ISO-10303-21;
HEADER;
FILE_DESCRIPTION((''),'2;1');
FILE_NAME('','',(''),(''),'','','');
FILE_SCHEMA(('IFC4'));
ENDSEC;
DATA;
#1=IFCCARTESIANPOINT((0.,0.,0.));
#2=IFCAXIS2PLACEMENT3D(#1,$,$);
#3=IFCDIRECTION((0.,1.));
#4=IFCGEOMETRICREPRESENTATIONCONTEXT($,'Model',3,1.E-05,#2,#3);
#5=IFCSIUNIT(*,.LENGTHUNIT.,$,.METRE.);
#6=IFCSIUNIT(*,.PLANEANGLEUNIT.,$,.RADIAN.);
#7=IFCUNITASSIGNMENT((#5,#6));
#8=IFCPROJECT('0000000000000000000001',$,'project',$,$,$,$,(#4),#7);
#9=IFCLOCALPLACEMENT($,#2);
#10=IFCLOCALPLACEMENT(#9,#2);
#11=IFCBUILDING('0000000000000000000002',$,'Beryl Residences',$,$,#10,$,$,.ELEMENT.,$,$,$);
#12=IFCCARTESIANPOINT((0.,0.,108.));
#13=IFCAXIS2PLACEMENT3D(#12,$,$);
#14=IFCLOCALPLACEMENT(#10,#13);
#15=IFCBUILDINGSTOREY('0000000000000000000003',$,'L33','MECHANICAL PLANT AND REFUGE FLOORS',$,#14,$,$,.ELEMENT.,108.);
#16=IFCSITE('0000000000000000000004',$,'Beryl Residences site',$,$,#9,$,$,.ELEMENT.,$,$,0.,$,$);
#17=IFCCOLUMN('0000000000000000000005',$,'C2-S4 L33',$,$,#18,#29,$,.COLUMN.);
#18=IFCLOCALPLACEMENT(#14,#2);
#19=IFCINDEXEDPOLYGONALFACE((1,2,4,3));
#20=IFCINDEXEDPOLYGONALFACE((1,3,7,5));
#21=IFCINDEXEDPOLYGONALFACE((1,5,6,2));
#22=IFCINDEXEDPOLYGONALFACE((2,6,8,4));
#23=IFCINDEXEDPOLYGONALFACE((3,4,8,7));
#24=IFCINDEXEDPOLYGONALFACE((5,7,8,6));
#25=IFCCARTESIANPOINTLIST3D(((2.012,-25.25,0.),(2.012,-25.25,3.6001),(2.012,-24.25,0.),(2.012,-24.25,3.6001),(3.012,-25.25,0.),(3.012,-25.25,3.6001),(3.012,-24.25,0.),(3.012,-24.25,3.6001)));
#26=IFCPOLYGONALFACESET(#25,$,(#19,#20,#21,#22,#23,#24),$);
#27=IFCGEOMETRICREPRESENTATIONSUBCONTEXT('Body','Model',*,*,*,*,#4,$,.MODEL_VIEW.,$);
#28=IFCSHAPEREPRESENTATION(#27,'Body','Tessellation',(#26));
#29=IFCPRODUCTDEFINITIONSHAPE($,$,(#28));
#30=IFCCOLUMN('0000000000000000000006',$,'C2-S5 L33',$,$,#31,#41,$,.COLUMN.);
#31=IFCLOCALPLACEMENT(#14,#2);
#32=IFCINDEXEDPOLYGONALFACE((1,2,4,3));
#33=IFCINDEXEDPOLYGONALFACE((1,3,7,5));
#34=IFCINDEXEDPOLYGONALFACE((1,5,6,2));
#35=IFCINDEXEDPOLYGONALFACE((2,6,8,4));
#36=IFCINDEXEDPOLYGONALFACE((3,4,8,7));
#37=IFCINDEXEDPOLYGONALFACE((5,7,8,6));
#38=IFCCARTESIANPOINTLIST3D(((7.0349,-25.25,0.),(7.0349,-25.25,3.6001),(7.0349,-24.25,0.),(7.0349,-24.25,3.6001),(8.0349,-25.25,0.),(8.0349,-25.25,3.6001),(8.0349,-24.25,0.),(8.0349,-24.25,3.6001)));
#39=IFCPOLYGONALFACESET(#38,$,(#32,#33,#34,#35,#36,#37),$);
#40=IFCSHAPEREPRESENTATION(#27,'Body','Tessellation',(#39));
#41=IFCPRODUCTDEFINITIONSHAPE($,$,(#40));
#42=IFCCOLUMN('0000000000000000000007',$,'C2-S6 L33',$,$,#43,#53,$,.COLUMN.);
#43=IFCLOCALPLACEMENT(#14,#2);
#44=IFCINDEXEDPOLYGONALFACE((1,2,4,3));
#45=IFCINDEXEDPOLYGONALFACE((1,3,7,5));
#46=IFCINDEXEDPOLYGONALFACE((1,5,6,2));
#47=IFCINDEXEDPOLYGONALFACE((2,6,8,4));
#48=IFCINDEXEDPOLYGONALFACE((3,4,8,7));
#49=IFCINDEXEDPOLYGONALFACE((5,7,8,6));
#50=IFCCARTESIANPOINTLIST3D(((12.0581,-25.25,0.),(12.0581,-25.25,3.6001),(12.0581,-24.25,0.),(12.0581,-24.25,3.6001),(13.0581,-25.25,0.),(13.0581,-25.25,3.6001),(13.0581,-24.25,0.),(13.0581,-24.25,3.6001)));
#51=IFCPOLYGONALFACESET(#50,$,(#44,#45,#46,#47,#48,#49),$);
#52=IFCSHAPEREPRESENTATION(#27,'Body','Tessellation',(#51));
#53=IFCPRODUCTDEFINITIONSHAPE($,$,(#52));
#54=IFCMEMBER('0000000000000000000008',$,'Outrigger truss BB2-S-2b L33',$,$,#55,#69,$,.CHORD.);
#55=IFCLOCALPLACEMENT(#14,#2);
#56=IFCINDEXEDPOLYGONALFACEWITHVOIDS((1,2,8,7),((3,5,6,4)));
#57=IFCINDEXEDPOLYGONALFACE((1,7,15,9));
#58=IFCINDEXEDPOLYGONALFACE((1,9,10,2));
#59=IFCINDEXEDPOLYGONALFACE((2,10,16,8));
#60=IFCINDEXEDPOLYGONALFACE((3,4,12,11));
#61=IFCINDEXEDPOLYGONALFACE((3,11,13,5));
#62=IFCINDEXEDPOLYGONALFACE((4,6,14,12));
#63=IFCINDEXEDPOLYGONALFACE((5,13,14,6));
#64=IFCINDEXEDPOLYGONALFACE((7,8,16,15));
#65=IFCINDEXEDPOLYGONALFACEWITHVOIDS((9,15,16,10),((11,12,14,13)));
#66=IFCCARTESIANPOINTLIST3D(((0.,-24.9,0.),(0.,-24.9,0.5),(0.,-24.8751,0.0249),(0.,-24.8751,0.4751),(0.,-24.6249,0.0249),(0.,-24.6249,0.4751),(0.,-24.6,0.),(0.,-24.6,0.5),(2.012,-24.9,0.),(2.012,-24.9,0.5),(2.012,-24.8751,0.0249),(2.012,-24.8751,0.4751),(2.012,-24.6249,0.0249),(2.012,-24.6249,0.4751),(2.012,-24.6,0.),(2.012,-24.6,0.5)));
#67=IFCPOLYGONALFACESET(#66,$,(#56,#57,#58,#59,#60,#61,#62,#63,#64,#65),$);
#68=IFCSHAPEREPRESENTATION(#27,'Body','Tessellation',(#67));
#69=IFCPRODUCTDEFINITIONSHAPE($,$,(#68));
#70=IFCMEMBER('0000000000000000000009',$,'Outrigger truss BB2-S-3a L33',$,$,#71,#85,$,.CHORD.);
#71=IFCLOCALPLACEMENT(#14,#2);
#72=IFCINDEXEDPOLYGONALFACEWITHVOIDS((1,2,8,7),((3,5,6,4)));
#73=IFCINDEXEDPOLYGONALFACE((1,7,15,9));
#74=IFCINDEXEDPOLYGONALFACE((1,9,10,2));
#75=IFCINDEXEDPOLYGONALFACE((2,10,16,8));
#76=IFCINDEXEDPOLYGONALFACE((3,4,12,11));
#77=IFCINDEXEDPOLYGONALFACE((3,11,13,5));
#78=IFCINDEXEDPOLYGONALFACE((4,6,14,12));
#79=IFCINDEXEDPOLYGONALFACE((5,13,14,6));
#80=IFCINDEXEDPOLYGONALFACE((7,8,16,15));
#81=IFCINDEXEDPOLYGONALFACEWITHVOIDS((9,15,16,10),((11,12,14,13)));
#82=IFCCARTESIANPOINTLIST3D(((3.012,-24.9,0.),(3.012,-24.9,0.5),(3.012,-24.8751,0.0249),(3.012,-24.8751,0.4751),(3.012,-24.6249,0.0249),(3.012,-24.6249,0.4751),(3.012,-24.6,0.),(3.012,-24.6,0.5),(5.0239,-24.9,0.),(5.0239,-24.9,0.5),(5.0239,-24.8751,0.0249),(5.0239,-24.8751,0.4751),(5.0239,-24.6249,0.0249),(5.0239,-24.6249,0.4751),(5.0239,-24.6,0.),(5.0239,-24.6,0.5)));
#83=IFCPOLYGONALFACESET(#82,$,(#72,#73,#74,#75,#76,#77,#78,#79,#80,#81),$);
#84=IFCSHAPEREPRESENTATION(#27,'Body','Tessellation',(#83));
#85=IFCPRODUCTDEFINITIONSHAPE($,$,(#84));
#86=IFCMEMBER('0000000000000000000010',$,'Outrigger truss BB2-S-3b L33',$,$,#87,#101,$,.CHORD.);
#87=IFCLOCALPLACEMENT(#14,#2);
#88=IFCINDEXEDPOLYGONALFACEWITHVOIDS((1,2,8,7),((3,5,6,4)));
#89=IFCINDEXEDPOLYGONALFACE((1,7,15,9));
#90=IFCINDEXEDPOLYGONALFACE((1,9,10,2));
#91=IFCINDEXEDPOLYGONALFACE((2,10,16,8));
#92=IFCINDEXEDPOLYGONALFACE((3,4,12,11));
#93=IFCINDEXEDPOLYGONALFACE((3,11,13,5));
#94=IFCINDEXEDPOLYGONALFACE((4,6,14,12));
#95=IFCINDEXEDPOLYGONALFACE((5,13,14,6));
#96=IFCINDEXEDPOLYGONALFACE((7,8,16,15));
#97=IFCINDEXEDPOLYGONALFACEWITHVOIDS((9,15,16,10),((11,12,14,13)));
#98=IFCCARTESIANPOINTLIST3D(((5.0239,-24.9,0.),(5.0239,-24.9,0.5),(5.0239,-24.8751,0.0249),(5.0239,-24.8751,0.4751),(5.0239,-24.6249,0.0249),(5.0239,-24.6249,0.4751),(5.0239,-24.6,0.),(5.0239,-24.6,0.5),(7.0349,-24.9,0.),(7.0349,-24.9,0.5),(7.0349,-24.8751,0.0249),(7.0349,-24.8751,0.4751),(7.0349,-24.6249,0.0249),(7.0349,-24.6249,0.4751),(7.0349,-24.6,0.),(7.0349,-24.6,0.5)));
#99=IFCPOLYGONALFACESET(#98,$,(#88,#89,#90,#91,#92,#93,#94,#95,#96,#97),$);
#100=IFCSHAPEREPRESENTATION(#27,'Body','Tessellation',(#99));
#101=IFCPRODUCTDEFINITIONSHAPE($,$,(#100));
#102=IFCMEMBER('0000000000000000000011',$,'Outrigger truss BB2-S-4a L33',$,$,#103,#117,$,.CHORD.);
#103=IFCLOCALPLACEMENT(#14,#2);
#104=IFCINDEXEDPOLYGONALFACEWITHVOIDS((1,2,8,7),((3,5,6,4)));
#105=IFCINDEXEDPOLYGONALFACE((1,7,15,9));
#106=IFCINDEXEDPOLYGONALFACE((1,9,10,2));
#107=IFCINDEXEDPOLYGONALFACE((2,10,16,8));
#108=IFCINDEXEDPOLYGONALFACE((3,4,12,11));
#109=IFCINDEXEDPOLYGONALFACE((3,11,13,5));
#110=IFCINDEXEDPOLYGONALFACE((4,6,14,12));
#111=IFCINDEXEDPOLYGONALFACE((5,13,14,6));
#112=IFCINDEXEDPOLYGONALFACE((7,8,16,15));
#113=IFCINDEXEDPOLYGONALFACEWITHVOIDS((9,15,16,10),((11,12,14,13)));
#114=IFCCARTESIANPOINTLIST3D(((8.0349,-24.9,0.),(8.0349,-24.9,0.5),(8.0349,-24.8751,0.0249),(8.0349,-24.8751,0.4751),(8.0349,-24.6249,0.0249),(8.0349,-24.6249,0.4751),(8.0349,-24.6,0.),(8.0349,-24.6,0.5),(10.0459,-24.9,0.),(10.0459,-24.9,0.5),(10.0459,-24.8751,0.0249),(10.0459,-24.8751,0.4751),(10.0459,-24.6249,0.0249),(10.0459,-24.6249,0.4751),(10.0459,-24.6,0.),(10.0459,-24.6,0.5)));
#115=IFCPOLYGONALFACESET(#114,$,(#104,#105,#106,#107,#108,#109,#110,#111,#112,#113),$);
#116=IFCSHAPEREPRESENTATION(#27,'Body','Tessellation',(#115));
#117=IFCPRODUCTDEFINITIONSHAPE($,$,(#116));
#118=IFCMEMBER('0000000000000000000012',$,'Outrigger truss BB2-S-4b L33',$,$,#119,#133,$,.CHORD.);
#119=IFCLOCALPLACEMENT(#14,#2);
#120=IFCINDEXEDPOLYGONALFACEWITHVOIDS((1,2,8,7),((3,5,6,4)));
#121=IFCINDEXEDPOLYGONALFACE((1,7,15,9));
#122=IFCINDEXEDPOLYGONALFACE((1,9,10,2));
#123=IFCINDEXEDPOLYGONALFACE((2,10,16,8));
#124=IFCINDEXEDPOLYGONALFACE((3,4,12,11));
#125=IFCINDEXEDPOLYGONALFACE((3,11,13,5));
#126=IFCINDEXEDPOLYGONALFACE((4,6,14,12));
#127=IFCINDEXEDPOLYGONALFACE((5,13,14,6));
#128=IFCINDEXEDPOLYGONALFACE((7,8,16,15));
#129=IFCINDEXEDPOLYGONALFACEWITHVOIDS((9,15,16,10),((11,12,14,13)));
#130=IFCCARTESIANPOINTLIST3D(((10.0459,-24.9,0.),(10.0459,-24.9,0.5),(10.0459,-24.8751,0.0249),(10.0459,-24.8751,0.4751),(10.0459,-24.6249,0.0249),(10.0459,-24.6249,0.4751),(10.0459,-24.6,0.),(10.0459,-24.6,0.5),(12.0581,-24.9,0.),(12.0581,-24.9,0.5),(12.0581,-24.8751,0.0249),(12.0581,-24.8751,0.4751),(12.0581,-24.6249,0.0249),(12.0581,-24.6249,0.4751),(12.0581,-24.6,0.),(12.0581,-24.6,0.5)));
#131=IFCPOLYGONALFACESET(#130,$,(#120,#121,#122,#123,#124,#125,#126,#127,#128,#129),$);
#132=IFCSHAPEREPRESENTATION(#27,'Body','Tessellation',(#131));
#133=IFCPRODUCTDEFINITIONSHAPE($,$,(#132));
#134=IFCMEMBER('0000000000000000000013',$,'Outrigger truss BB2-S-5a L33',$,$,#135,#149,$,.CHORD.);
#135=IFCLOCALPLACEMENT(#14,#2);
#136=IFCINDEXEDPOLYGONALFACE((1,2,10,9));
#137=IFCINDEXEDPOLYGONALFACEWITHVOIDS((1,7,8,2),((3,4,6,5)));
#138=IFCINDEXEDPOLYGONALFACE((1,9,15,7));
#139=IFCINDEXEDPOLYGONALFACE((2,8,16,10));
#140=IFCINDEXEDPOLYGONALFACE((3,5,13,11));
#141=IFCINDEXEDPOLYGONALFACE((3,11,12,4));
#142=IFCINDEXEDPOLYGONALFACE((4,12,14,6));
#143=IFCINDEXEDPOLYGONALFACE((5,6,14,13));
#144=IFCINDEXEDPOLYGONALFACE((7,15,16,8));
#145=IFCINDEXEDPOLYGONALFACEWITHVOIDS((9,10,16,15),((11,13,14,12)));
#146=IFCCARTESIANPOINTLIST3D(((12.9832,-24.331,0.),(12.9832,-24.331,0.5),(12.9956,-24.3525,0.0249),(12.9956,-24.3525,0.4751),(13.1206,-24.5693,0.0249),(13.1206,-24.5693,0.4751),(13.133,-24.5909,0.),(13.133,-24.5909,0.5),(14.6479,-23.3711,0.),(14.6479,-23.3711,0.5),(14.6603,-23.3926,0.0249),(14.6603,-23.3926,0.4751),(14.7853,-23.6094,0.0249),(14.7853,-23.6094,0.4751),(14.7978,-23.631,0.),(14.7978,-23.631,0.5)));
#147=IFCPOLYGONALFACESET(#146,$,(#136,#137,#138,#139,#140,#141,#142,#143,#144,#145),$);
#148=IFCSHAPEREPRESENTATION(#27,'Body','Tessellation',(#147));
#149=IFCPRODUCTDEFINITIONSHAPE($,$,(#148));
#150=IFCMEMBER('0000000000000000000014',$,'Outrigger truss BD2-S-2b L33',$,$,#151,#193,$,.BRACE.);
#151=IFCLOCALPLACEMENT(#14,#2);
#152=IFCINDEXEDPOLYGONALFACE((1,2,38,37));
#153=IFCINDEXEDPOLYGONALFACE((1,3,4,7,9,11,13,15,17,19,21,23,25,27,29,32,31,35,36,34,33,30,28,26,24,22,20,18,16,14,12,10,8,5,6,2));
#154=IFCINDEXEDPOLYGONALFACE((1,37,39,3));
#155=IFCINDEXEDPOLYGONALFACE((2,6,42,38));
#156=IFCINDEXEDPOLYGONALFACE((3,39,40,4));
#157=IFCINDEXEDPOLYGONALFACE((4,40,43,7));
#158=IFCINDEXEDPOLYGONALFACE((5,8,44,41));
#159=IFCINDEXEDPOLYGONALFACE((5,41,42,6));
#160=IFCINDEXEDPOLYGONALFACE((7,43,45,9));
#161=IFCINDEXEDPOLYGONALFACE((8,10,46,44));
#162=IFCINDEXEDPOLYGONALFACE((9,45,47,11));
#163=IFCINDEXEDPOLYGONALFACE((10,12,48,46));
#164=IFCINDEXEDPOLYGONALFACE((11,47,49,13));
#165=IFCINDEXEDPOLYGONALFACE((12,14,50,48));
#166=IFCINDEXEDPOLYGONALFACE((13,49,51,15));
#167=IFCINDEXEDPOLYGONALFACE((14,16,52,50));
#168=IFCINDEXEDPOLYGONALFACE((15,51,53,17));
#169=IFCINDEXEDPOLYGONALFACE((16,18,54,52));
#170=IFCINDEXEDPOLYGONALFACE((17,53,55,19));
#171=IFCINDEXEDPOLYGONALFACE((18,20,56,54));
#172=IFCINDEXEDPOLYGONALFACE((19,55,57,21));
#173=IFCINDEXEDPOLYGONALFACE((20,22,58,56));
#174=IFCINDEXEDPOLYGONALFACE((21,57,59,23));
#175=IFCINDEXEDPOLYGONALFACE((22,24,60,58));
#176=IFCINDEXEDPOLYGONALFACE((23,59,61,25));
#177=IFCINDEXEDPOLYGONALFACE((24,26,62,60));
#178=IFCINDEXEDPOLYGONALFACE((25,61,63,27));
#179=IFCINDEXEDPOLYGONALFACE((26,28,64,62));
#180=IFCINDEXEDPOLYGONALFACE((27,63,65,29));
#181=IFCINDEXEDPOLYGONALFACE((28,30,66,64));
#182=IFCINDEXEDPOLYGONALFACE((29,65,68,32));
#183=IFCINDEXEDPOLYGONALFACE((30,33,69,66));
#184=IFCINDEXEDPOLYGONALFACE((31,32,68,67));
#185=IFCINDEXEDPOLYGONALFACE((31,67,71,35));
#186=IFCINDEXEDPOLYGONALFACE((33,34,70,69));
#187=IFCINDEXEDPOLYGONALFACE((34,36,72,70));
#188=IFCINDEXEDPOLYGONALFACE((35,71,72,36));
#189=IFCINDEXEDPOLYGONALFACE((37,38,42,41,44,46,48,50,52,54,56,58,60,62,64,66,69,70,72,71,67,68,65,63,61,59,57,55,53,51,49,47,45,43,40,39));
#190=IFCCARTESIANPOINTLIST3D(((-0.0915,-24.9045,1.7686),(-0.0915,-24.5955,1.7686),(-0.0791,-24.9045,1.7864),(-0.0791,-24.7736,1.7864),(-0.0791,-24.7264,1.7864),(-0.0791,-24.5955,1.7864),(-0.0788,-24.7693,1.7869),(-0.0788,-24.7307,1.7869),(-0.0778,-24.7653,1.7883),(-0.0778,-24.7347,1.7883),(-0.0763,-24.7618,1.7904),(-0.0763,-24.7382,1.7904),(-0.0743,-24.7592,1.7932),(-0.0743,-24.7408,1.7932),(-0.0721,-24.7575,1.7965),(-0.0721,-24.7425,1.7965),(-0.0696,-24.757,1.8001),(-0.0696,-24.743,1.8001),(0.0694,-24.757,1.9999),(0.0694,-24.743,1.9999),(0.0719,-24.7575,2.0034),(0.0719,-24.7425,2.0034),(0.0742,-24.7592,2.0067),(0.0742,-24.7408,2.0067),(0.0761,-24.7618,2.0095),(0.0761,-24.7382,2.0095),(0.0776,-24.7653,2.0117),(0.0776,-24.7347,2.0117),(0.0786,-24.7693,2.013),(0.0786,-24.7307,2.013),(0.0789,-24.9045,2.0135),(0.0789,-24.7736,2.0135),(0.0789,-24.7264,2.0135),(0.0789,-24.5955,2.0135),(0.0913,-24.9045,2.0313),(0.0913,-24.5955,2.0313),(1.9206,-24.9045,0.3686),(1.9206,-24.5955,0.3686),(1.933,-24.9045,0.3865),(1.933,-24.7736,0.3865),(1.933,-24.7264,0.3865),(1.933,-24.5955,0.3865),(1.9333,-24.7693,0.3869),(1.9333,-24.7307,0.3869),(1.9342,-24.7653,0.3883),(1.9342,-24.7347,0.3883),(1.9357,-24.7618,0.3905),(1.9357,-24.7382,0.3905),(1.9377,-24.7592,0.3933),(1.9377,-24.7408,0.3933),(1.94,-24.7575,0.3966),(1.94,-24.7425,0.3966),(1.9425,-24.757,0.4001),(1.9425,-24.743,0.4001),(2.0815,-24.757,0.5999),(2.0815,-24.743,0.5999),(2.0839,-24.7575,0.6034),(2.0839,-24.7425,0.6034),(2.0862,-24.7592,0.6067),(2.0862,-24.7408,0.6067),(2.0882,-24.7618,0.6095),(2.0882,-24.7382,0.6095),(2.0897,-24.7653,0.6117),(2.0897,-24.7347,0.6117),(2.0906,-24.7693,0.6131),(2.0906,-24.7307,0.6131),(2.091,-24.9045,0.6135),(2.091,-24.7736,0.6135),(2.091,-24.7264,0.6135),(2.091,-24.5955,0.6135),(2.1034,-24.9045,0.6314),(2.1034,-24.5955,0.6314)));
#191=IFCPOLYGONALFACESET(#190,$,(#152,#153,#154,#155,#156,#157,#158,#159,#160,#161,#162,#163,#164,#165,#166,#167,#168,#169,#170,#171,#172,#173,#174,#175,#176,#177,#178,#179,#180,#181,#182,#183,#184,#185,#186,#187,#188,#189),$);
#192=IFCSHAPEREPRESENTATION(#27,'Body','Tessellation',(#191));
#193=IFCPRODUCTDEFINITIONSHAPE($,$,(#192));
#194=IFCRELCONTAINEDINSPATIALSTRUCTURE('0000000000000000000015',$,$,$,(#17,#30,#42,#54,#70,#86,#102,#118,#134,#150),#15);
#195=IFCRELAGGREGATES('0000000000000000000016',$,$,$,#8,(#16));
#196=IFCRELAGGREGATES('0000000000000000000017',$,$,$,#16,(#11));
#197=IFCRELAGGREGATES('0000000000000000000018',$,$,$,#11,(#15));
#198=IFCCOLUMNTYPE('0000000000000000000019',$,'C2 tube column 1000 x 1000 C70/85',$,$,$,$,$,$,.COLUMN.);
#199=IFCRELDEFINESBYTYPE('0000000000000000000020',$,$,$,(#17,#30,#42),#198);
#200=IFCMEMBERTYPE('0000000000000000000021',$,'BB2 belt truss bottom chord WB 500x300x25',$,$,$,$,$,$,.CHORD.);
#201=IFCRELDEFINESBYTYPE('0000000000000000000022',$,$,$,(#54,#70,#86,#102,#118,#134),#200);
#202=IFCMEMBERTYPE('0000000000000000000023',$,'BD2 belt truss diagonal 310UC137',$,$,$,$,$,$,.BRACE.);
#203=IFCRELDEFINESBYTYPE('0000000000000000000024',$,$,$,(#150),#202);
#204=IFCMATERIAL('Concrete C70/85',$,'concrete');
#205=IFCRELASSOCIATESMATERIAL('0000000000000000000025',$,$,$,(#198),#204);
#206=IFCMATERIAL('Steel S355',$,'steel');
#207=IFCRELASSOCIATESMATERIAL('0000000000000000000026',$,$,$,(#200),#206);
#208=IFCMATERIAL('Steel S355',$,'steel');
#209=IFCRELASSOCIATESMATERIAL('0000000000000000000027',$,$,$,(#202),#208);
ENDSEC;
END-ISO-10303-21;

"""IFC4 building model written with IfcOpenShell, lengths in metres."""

from ifc_helpers import new_model, si_unit, direction, frame, origin, origin_2d, place, context, subcontext, project, spatial, rectangle, hollow_rectangle, i_section, extrude, material, material_profile, profile_set, type_object, element, save


model = new_model("IFC4")

# Units and contexts
model_context = context("Model", 3, precision=1e-05, world=origin(), true_north=direction((0.0, 1.0)))
body_context = subcontext(model_context, "Body", "Model", "MODEL_VIEW")
ifc_project = project(units=[si_unit("LENGTHUNIT", "METRE"), si_unit("PLANEANGLEUNIT", "RADIAN")], contexts=[model_context])

# Site, building, storey
site_placement = place(None, origin())
site = spatial("IfcSite", under=ifc_project, at=site_placement, Name="Beryl Residences site", CompositionType="ELEMENT", RefElevation=0.0)
building_placement = place(site_placement, origin())
building = spatial("IfcBuilding", under=site, at=building_placement, Name="Beryl Residences", CompositionType="ELEMENT")
storey_placement = place(building_placement, frame((0.0, 0.0, 108.0)))
storey = spatial("IfcBuildingStorey", under=building, at=storey_placement, Name="L33", Description="MECHANICAL PLANT AND REFUGE FLOORS", CompositionType="ELEMENT", Elevation=108.0)

# Columns
ifc_material_1 = material(Name="Concrete C70/85", Category="concrete")
ifc_material_profile_1 = material_profile(ifc_material_1, rectangle(XDim=1.0, YDim=1.0, at=origin_2d()))
ifc_profile_set_1 = profile_set([ifc_material_profile_1], Name="Concrete C70/85")
column_type = type_object("IfcColumnType", Name="C2 tube column 1000 x 1000 C70/85", PredefinedType="COLUMN", material=ifc_profile_set_1)
for number, where, z_axis, x_axis, name in (
    (1, (2.512, -24.75, 0.0), (0.0, 0.0, 1.0), (1.0, 0.0, 0.0), "C2-S4 L33"),
    (2, (7.5349, -24.75, 0.0), (0.0, 0.0, 1.0), (1.0, 0.0, 0.0), "C2-S5 L33"),
    (3, (12.5581, -24.75, 0.0), (0.0, 0.0, 1.0), (1.0, 0.0, 0.0), "C2-S6 L33"),
):
    element("IfcColumn", number, at=place(storey_placement, frame(where, z_axis=z_axis, x_axis=x_axis)), inside=storey, type_object=column_type, Name=name, PredefinedType="COLUMN", context=body_context, shape_type="SweptSolid", body=[
        extrude(rectangle(XDim=1.0, YDim=1.0, at=origin_2d()), origin(), (0.0, 0.0, 1.0), 3.6001),
    ])

# Members
ifc_material_2 = material(Name="Steel S355", Category="steel")
ifc_material_profile_2 = material_profile(ifc_material_2, hollow_rectangle(XDim=0.3, YDim=0.5, WallThickness=0.0249, at=origin_2d()))
ifc_profile_set_2 = profile_set([ifc_material_profile_2], Name="Steel S355")
member_type_1 = type_object("IfcMemberType", Name="BB2 belt truss bottom chord WB 500x300x25", PredefinedType="CHORD", material=ifc_profile_set_2)
for number, where, z_axis, x_axis, name in (
    (4, (0.0, -24.75, 0.25), (1.0, 0.0, 0.0), (0.0, 1.0, 0.0), "Outrigger truss BB2-S-2b L33"),
    (5, (3.012, -24.75, 0.25), (1.0, 0.0, 0.0), (0.0, 1.0, 0.0), "Outrigger truss BB2-S-3a L33"),
):
    element("IfcMember", number, at=place(storey_placement, frame(where, z_axis=z_axis, x_axis=x_axis)), inside=storey, type_object=member_type_1, Name=name, PredefinedType="CHORD", context=body_context, shape_type="SweptSolid", body=[
        extrude(hollow_rectangle(XDim=0.3, YDim=0.5, WallThickness=0.0249, at=origin_2d()), origin(), (0.0, 0.0, 1.0), 2.012),
    ])
for number, where, z_axis, x_axis, name in (
    (6, (5.0239, -24.75, 0.25), (1.0, 0.0, 0.0), (0.0, 1.0, 0.0), "Outrigger truss BB2-S-3b L33"),
    (7, (8.0349, -24.75, 0.25), (1.0, 0.0, 0.0), (0.0, 1.0, 0.0), "Outrigger truss BB2-S-4a L33"),
):
    element("IfcMember", number, at=place(storey_placement, frame(where, z_axis=z_axis, x_axis=x_axis)), inside=storey, type_object=member_type_1, Name=name, PredefinedType="CHORD", context=body_context, shape_type="SweptSolid", body=[
        extrude(hollow_rectangle(XDim=0.3, YDim=0.5, WallThickness=0.0249, at=origin_2d()), origin(), (0.0, 0.0, 1.0), 2.011),
    ])
member_1_placement = place(storey_placement, frame((10.0459, -24.75, 0.25), z_axis=(1.0, 0.0, 0.0), x_axis=(0.0, 1.0, 0.0)))
element("IfcMember", 8, at=member_1_placement, inside=storey, type_object=member_type_1, Name="Outrigger truss BB2-S-4b L33", PredefinedType="CHORD", context=body_context, shape_type="SweptSolid", body=[
    extrude(hollow_rectangle(XDim=0.3, YDim=0.5, WallThickness=0.0249, at=origin_2d()), origin(), (0.0, 0.0, 1.0), 2.0122),
])
member_2_placement = place(storey_placement, frame((13.0581, -24.4609, 0.25), z_axis=(0.866298, 0.499528, 0.0), x_axis=(-0.499528, 0.866298, 0.0)))
element("IfcMember", 9, at=member_2_placement, inside=storey, type_object=member_type_1, Name="Outrigger truss BB2-S-5a L33", PredefinedType="CHORD", context=body_context, shape_type="SweptSolid", body=[
    extrude(hollow_rectangle(XDim=0.3, YDim=0.5, WallThickness=0.0249, at=origin_2d()), origin(), (0.0, 0.0, 1.0), 1.9216),
])
ifc_material_3 = material(Name="Steel S355", Category="steel")
ifc_material_profile_3 = material_profile(ifc_material_3, i_section(OverallWidth=0.3091, OverallDepth=0.3201, WebThickness=0.0139, FlangeThickness=0.0217, FilletRadius=0.0166, at=origin_2d()))
ifc_profile_set_3 = profile_set([ifc_material_profile_3], Name="Steel S355")
member_type_2 = type_object("IfcMemberType", Name="BD2 belt truss diagonal 310UC137", PredefinedType="BRACE", material=ifc_profile_set_3)
for number, where, z_axis, x_axis, name in (
    (10, (2.012, -24.75, 0.5), (-0.820852, 0.0, 0.57114), (0.0, -1.0, 0.0), "Outrigger truss BD2-S-2b L33"),
):
    element("IfcMember", number, at=place(storey_placement, frame(where, z_axis=z_axis, x_axis=x_axis)), inside=storey, type_object=member_type_2, Name=name, PredefinedType="BRACE", context=body_context, shape_type="SweptSolid", body=[
        extrude(i_section(OverallWidth=0.3091, OverallDepth=0.3201, WebThickness=0.0139, FlangeThickness=0.0217, FilletRadius=0.0166, at=origin_2d()), origin(), (0.0, 0.0, 1.0), 2.4512),
    ])

save(model, "model.ifc")
